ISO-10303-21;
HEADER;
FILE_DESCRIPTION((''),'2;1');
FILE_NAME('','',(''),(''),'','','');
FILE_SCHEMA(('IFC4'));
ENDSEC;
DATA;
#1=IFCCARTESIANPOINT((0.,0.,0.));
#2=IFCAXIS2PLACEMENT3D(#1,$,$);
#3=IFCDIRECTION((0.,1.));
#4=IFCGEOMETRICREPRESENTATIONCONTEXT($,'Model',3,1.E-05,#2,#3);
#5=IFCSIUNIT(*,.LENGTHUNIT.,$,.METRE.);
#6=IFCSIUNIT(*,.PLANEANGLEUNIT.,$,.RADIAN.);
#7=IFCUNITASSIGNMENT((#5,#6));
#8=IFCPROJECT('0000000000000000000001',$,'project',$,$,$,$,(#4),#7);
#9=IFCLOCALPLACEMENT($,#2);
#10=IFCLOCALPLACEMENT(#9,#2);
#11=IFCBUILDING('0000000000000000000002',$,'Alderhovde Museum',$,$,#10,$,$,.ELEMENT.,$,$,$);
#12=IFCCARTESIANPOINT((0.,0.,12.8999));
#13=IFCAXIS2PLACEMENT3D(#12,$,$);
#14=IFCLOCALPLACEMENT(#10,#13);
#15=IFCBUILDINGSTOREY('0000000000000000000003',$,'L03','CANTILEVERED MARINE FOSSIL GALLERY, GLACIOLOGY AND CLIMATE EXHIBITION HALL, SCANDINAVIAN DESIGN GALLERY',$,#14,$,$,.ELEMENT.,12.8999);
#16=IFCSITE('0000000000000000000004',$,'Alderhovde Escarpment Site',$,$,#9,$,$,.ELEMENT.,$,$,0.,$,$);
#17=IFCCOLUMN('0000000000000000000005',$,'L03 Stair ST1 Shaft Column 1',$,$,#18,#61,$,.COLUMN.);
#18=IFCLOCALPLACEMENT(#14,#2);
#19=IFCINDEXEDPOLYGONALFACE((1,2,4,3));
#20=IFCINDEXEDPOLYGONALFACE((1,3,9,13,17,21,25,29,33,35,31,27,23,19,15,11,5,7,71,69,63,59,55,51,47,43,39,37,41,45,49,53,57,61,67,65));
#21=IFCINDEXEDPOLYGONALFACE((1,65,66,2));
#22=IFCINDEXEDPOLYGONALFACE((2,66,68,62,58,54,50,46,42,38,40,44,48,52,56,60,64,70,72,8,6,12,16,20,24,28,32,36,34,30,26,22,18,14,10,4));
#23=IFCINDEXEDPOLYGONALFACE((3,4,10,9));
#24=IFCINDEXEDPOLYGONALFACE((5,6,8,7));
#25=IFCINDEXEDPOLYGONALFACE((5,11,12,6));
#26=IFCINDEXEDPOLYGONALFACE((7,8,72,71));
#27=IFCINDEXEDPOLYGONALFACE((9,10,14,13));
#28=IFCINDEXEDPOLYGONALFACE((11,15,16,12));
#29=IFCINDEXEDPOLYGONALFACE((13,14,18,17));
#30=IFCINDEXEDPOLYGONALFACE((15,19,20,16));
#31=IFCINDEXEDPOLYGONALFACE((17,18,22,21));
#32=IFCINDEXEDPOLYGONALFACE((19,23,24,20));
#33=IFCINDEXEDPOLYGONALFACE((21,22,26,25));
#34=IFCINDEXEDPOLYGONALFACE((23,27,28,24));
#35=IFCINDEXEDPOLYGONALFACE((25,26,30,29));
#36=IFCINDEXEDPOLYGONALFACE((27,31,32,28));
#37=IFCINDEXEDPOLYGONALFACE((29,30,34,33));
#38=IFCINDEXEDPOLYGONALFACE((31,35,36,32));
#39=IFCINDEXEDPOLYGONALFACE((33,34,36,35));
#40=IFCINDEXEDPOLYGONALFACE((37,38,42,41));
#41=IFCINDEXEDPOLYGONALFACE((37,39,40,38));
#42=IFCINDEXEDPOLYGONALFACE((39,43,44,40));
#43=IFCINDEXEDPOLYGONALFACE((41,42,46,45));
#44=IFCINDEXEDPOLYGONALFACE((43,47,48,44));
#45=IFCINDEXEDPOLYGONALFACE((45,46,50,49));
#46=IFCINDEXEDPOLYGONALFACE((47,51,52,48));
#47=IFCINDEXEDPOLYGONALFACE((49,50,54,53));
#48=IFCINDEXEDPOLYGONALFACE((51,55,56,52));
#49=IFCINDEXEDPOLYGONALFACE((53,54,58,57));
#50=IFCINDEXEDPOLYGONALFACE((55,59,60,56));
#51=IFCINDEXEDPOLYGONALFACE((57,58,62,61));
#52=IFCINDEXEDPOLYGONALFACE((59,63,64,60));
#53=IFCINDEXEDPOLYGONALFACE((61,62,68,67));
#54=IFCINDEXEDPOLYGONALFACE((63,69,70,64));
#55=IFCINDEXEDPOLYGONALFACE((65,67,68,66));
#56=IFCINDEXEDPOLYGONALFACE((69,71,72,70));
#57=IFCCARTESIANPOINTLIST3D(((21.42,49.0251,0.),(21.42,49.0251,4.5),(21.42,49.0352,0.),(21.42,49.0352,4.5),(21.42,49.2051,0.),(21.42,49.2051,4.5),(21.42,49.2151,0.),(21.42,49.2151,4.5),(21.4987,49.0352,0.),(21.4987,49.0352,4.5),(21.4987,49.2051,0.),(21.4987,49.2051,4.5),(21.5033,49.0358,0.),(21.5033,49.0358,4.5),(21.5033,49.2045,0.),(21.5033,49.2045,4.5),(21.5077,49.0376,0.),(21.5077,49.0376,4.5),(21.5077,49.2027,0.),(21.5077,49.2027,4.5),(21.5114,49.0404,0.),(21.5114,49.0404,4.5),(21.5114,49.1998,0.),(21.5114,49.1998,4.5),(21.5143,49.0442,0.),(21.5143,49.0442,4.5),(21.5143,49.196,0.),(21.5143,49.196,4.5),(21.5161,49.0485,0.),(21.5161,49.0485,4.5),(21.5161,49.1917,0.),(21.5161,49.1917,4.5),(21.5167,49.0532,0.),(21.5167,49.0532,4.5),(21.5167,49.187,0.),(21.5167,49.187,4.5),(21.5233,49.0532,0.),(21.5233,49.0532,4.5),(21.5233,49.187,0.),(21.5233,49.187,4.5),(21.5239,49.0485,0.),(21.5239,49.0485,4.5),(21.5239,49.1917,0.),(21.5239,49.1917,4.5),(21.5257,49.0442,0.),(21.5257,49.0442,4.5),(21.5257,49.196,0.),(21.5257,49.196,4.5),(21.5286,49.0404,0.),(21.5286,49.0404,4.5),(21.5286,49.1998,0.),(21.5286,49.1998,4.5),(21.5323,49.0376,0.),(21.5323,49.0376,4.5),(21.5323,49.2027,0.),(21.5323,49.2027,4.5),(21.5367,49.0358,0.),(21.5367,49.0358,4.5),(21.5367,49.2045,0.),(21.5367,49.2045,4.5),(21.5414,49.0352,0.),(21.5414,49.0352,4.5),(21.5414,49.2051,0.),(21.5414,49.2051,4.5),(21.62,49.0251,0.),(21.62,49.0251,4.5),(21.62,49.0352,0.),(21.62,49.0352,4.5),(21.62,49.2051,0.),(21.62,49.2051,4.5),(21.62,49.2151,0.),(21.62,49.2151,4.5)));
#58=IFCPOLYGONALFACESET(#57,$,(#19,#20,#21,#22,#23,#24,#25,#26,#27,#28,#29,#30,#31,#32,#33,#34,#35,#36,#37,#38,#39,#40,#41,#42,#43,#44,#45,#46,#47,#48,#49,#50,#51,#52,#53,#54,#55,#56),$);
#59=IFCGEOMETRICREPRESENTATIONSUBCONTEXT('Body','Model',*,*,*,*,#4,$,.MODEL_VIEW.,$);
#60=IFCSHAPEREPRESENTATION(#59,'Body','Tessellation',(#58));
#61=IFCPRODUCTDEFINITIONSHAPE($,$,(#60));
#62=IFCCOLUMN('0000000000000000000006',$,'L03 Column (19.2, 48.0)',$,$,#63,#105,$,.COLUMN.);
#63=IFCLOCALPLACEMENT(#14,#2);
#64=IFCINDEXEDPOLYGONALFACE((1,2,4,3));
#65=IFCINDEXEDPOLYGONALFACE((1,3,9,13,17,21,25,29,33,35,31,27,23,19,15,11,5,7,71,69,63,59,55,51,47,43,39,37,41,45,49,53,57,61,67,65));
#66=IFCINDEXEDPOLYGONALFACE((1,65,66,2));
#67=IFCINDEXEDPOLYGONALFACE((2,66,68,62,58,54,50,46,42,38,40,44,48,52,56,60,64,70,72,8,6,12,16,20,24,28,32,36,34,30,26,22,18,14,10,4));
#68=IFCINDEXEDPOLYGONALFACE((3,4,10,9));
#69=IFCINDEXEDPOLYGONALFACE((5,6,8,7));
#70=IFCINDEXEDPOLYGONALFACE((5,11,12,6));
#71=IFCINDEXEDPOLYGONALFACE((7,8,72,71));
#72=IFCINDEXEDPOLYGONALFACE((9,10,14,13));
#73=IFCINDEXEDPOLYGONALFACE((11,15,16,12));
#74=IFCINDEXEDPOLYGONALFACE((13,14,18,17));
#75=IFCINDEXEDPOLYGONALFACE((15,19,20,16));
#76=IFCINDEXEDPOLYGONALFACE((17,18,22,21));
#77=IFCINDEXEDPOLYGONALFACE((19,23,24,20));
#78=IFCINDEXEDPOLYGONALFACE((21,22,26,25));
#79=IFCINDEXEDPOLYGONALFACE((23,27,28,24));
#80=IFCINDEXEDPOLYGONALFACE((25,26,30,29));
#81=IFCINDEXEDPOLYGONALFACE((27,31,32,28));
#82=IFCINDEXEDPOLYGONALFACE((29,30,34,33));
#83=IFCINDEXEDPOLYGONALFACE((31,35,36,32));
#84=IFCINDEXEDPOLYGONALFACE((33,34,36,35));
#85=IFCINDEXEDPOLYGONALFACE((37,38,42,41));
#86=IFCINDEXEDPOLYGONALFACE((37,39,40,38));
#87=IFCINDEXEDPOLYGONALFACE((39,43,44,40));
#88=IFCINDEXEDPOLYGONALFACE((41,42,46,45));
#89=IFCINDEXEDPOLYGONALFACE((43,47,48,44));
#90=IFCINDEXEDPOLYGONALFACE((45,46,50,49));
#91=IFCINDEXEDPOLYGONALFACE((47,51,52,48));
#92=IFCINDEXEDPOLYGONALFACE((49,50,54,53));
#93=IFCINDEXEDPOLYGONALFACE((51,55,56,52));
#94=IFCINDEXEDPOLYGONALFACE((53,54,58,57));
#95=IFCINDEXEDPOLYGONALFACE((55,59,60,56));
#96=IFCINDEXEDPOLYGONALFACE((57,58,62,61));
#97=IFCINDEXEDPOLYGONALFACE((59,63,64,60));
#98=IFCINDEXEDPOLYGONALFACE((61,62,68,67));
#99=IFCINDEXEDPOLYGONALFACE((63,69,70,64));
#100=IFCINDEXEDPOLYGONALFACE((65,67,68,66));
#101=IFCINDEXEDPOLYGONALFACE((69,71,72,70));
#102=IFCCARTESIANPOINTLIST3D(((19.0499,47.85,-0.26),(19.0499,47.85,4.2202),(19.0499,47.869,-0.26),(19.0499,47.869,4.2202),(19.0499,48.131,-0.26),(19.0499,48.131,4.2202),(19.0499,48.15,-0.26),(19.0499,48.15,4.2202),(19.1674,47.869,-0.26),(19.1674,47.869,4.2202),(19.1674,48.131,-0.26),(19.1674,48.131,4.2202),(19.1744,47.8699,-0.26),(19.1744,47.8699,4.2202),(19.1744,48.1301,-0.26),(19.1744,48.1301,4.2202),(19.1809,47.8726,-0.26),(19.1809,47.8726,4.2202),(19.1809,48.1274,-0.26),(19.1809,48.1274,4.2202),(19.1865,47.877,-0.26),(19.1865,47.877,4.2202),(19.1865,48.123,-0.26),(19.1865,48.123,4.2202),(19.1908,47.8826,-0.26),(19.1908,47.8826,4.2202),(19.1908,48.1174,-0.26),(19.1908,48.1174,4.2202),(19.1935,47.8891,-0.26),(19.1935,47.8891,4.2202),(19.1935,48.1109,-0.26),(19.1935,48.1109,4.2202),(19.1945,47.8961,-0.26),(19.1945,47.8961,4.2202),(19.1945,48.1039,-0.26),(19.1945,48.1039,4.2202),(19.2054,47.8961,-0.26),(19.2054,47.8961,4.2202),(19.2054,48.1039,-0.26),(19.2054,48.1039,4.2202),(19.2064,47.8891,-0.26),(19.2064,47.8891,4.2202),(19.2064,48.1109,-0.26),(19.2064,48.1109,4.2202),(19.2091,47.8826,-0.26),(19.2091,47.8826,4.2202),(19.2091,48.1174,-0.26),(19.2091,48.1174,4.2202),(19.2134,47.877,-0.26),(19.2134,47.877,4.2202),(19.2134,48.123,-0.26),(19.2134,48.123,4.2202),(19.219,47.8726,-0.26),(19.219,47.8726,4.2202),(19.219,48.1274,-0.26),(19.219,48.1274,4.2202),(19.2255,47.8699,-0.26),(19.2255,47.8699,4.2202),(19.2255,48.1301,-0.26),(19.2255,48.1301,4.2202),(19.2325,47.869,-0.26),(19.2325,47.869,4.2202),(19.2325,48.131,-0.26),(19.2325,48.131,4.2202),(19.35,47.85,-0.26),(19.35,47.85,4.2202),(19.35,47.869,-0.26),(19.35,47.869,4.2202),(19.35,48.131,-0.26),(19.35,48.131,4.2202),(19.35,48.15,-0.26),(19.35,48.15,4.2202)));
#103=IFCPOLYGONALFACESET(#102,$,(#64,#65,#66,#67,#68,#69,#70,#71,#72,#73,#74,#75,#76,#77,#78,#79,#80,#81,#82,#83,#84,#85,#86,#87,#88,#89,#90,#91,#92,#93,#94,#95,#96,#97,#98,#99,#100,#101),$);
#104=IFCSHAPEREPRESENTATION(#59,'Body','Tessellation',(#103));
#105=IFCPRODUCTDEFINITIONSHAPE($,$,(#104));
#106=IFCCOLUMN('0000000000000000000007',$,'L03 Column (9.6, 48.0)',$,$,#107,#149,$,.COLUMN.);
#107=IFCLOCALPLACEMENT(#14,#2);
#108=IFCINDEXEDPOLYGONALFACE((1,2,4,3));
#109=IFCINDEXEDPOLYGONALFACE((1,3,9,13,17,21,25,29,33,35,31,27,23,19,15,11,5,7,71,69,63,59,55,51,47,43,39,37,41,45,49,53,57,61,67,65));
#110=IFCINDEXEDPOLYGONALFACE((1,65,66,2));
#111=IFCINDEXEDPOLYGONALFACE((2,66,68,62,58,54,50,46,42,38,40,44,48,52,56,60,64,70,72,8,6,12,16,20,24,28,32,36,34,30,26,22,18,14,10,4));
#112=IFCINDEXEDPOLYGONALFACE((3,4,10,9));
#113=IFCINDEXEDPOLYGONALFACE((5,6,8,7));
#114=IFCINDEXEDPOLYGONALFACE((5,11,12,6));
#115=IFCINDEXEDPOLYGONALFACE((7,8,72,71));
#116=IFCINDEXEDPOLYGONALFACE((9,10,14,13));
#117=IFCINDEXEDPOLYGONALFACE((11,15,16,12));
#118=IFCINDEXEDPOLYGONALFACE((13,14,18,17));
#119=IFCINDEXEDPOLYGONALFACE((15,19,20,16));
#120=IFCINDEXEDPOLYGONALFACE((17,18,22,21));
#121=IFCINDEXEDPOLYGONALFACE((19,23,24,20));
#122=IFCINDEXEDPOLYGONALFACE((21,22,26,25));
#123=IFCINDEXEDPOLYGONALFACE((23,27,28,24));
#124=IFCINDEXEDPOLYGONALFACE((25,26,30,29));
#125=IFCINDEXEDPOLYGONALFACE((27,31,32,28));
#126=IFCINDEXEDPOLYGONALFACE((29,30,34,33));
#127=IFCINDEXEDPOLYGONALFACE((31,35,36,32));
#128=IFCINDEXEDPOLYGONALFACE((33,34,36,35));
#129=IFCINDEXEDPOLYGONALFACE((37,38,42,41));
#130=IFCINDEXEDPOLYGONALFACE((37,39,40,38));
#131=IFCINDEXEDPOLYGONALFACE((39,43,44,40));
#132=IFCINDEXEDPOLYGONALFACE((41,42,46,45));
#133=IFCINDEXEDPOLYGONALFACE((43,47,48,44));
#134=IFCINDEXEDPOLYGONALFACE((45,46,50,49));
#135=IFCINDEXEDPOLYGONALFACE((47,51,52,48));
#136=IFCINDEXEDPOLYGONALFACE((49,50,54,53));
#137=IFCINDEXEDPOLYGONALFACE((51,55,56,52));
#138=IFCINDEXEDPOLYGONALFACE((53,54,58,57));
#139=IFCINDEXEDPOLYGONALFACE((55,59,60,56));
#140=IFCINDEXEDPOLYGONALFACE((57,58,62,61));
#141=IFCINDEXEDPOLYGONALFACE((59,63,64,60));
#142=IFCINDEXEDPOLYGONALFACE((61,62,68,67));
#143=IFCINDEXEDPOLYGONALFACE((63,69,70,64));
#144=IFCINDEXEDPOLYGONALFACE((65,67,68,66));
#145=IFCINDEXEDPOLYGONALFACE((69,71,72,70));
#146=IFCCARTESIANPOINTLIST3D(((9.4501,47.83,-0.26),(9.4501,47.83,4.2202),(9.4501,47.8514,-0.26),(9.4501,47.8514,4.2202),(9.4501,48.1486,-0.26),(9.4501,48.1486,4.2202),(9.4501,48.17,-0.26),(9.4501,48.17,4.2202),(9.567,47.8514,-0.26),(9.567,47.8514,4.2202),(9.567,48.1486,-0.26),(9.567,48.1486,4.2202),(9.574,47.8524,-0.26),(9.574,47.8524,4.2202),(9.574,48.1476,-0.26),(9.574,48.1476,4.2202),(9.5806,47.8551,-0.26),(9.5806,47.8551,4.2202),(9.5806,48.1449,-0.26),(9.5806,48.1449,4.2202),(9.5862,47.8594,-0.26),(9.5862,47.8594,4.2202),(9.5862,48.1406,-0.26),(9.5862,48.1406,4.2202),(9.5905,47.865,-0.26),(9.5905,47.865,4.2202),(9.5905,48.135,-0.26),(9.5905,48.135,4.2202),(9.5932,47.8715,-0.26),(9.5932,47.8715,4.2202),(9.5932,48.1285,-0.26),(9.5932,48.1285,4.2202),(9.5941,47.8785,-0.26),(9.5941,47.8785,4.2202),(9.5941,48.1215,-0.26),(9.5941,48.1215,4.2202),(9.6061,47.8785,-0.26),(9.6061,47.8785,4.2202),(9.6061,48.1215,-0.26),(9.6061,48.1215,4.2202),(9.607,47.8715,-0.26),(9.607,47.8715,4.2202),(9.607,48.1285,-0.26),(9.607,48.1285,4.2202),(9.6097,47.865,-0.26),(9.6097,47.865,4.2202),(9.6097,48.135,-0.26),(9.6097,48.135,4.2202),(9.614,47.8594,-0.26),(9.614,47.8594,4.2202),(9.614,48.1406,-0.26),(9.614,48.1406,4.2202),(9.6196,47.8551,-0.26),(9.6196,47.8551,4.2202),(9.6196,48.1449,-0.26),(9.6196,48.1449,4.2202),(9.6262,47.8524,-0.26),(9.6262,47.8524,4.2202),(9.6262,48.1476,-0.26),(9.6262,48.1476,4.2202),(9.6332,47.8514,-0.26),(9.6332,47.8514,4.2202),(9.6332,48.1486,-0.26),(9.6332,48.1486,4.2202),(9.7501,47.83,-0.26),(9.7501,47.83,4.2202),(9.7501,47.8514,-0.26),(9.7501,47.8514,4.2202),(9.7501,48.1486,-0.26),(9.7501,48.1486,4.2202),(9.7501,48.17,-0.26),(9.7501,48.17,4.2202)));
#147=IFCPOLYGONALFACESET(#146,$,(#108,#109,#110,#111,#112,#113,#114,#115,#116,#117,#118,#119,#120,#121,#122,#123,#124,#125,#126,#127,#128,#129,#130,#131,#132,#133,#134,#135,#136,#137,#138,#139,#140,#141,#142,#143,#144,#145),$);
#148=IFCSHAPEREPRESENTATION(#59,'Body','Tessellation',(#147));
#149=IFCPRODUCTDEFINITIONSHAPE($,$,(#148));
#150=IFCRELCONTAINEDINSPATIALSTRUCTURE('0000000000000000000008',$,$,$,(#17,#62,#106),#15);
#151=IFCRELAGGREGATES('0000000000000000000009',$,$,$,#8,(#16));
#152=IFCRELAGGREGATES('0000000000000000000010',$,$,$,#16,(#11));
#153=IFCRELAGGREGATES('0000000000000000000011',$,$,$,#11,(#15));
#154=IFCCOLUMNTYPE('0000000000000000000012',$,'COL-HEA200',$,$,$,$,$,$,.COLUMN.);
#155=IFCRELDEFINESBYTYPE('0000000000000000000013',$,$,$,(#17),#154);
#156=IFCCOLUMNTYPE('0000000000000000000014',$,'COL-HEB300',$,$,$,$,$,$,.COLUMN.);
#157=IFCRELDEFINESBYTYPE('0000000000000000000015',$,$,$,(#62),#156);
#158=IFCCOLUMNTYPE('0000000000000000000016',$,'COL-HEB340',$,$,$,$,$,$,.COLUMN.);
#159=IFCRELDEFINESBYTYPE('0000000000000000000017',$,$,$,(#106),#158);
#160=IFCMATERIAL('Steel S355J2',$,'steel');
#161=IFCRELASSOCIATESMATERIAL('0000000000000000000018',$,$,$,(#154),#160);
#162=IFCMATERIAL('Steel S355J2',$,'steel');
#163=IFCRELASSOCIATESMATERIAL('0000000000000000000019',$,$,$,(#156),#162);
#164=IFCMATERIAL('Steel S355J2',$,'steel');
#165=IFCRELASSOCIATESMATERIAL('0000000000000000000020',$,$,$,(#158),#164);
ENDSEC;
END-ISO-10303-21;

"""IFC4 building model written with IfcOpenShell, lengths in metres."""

from ifc_helpers import new_model, si_unit, direction, frame, origin, origin_2d, place, context, subcontext, project, spatial, i_section, extrude, material, material_profile, profile_set, type_object, element, save


model = new_model("IFC4")

# Units and contexts
model_context = context("Model", 3, precision=1e-05, world=origin(), true_north=direction((0.0, 1.0)))
body_context = subcontext(model_context, "Body", "Model", "MODEL_VIEW")
ifc_project = project(units=[si_unit("LENGTHUNIT", "METRE"), si_unit("PLANEANGLEUNIT", "RADIAN")], contexts=[model_context])

# Site, building, storey
site_placement = place(None, origin())
site = spatial("IfcSite", under=ifc_project, at=site_placement, Name="Alderhovde Escarpment Site", CompositionType="ELEMENT", RefElevation=0.0)
building_placement = place(site_placement, origin())
building = spatial("IfcBuilding", under=site, at=building_placement, Name="Alderhovde Museum", CompositionType="ELEMENT")
storey_placement = place(building_placement, frame((0.0, 0.0, 12.8999)))
storey = spatial("IfcBuildingStorey", under=building, at=storey_placement, Name="L03", Description="CANTILEVERED MARINE FOSSIL GALLERY, GLACIOLOGY AND CLIMATE EXHIBITION HALL, SCANDINAVIAN DESIGN GALLERY", CompositionType="ELEMENT", Elevation=12.8999)

# Columns
ifc_material_1 = material(Name="Steel S355J2", Category="steel")
ifc_material_profile_1 = material_profile(ifc_material_1, i_section(OverallWidth=0.2, OverallDepth=0.1899, WebThickness=0.0066, FlangeThickness=0.01, FilletRadius=0.0181, at=origin_2d()), Name="HEA 200")
ifc_profile_set_1 = profile_set([ifc_material_profile_1], Name="Steel S355J2")
column_type_1 = type_object("IfcColumnType", Name="COL-HEA200", PredefinedType="COLUMN", material=ifc_profile_set_1)
column_1_placement = place(storey_placement, frame((21.52, 49.1201, 0.0), z_axis=(0.0, 0.0, 1.0), x_axis=(1.0, 0.0, 0.0)))
element("IfcColumn", 1, at=column_1_placement, inside=storey, type_object=column_type_1, Name="L03 Stair ST1 Shaft Column 1", PredefinedType="COLUMN", context=body_context, shape_type="SweptSolid", body=[
    extrude(i_section(OverallWidth=0.2, OverallDepth=0.1899, WebThickness=0.0066, FlangeThickness=0.01, FilletRadius=0.0181, at=origin_2d()), origin(), (0.0, 0.0, 1.0), 4.5),
])
ifc_material_2 = material(Name="Steel S355J2", Category="steel")
ifc_material_profile_2 = material_profile(ifc_material_2, i_section(OverallWidth=0.3, OverallDepth=0.3, WebThickness=0.011, FlangeThickness=0.019, FilletRadius=0.0271, at=origin_2d()), Name="HEB 300")
ifc_profile_set_2 = profile_set([ifc_material_profile_2], Name="Steel S355J2")
column_type_2 = type_object("IfcColumnType", Name="COL-HEB300", PredefinedType="COLUMN", material=ifc_profile_set_2)
column_2_placement = place(storey_placement, frame((19.2, 48.0, -0.26), z_axis=(0.0, 0.0, 1.0), x_axis=(1.0, 0.0, 0.0)))
element("IfcColumn", 2, at=column_2_placement, inside=storey, type_object=column_type_2, Name="L03 Column (19.2, 48.0)", PredefinedType="COLUMN", context=body_context, shape_type="SweptSolid", body=[
    extrude(i_section(OverallWidth=0.3, OverallDepth=0.3, WebThickness=0.011, FlangeThickness=0.019, FilletRadius=0.0271, at=origin_2d()), origin(), (0.0, 0.0, 1.0), 4.4802),
])
ifc_material_3 = material(Name="Steel S355J2", Category="steel")
ifc_material_profile_3 = material_profile(ifc_material_3, i_section(OverallWidth=0.3, OverallDepth=0.3401, WebThickness=0.012, FlangeThickness=0.0215, FilletRadius=0.0271, at=origin_2d()), Name="HEB 340")
ifc_profile_set_3 = profile_set([ifc_material_profile_3], Name="Steel S355J2")
column_type_3 = type_object("IfcColumnType", Name="COL-HEB340", PredefinedType="COLUMN", material=ifc_profile_set_3)
column_3_placement = place(storey_placement, frame((9.6001, 48.0, -0.26), z_axis=(0.0, 0.0, 1.0), x_axis=(1.0, 0.0, 0.0)))
element("IfcColumn", 3, at=column_3_placement, inside=storey, type_object=column_type_3, Name="L03 Column (9.6, 48.0)", PredefinedType="COLUMN", context=body_context, shape_type="SweptSolid", body=[
    extrude(i_section(OverallWidth=0.3, OverallDepth=0.3401, WebThickness=0.012, FlangeThickness=0.0215, FilletRadius=0.0271, at=origin_2d()), origin(), (0.0, 0.0, 1.0), 4.4802),
])

save(model, "model.ifc")
